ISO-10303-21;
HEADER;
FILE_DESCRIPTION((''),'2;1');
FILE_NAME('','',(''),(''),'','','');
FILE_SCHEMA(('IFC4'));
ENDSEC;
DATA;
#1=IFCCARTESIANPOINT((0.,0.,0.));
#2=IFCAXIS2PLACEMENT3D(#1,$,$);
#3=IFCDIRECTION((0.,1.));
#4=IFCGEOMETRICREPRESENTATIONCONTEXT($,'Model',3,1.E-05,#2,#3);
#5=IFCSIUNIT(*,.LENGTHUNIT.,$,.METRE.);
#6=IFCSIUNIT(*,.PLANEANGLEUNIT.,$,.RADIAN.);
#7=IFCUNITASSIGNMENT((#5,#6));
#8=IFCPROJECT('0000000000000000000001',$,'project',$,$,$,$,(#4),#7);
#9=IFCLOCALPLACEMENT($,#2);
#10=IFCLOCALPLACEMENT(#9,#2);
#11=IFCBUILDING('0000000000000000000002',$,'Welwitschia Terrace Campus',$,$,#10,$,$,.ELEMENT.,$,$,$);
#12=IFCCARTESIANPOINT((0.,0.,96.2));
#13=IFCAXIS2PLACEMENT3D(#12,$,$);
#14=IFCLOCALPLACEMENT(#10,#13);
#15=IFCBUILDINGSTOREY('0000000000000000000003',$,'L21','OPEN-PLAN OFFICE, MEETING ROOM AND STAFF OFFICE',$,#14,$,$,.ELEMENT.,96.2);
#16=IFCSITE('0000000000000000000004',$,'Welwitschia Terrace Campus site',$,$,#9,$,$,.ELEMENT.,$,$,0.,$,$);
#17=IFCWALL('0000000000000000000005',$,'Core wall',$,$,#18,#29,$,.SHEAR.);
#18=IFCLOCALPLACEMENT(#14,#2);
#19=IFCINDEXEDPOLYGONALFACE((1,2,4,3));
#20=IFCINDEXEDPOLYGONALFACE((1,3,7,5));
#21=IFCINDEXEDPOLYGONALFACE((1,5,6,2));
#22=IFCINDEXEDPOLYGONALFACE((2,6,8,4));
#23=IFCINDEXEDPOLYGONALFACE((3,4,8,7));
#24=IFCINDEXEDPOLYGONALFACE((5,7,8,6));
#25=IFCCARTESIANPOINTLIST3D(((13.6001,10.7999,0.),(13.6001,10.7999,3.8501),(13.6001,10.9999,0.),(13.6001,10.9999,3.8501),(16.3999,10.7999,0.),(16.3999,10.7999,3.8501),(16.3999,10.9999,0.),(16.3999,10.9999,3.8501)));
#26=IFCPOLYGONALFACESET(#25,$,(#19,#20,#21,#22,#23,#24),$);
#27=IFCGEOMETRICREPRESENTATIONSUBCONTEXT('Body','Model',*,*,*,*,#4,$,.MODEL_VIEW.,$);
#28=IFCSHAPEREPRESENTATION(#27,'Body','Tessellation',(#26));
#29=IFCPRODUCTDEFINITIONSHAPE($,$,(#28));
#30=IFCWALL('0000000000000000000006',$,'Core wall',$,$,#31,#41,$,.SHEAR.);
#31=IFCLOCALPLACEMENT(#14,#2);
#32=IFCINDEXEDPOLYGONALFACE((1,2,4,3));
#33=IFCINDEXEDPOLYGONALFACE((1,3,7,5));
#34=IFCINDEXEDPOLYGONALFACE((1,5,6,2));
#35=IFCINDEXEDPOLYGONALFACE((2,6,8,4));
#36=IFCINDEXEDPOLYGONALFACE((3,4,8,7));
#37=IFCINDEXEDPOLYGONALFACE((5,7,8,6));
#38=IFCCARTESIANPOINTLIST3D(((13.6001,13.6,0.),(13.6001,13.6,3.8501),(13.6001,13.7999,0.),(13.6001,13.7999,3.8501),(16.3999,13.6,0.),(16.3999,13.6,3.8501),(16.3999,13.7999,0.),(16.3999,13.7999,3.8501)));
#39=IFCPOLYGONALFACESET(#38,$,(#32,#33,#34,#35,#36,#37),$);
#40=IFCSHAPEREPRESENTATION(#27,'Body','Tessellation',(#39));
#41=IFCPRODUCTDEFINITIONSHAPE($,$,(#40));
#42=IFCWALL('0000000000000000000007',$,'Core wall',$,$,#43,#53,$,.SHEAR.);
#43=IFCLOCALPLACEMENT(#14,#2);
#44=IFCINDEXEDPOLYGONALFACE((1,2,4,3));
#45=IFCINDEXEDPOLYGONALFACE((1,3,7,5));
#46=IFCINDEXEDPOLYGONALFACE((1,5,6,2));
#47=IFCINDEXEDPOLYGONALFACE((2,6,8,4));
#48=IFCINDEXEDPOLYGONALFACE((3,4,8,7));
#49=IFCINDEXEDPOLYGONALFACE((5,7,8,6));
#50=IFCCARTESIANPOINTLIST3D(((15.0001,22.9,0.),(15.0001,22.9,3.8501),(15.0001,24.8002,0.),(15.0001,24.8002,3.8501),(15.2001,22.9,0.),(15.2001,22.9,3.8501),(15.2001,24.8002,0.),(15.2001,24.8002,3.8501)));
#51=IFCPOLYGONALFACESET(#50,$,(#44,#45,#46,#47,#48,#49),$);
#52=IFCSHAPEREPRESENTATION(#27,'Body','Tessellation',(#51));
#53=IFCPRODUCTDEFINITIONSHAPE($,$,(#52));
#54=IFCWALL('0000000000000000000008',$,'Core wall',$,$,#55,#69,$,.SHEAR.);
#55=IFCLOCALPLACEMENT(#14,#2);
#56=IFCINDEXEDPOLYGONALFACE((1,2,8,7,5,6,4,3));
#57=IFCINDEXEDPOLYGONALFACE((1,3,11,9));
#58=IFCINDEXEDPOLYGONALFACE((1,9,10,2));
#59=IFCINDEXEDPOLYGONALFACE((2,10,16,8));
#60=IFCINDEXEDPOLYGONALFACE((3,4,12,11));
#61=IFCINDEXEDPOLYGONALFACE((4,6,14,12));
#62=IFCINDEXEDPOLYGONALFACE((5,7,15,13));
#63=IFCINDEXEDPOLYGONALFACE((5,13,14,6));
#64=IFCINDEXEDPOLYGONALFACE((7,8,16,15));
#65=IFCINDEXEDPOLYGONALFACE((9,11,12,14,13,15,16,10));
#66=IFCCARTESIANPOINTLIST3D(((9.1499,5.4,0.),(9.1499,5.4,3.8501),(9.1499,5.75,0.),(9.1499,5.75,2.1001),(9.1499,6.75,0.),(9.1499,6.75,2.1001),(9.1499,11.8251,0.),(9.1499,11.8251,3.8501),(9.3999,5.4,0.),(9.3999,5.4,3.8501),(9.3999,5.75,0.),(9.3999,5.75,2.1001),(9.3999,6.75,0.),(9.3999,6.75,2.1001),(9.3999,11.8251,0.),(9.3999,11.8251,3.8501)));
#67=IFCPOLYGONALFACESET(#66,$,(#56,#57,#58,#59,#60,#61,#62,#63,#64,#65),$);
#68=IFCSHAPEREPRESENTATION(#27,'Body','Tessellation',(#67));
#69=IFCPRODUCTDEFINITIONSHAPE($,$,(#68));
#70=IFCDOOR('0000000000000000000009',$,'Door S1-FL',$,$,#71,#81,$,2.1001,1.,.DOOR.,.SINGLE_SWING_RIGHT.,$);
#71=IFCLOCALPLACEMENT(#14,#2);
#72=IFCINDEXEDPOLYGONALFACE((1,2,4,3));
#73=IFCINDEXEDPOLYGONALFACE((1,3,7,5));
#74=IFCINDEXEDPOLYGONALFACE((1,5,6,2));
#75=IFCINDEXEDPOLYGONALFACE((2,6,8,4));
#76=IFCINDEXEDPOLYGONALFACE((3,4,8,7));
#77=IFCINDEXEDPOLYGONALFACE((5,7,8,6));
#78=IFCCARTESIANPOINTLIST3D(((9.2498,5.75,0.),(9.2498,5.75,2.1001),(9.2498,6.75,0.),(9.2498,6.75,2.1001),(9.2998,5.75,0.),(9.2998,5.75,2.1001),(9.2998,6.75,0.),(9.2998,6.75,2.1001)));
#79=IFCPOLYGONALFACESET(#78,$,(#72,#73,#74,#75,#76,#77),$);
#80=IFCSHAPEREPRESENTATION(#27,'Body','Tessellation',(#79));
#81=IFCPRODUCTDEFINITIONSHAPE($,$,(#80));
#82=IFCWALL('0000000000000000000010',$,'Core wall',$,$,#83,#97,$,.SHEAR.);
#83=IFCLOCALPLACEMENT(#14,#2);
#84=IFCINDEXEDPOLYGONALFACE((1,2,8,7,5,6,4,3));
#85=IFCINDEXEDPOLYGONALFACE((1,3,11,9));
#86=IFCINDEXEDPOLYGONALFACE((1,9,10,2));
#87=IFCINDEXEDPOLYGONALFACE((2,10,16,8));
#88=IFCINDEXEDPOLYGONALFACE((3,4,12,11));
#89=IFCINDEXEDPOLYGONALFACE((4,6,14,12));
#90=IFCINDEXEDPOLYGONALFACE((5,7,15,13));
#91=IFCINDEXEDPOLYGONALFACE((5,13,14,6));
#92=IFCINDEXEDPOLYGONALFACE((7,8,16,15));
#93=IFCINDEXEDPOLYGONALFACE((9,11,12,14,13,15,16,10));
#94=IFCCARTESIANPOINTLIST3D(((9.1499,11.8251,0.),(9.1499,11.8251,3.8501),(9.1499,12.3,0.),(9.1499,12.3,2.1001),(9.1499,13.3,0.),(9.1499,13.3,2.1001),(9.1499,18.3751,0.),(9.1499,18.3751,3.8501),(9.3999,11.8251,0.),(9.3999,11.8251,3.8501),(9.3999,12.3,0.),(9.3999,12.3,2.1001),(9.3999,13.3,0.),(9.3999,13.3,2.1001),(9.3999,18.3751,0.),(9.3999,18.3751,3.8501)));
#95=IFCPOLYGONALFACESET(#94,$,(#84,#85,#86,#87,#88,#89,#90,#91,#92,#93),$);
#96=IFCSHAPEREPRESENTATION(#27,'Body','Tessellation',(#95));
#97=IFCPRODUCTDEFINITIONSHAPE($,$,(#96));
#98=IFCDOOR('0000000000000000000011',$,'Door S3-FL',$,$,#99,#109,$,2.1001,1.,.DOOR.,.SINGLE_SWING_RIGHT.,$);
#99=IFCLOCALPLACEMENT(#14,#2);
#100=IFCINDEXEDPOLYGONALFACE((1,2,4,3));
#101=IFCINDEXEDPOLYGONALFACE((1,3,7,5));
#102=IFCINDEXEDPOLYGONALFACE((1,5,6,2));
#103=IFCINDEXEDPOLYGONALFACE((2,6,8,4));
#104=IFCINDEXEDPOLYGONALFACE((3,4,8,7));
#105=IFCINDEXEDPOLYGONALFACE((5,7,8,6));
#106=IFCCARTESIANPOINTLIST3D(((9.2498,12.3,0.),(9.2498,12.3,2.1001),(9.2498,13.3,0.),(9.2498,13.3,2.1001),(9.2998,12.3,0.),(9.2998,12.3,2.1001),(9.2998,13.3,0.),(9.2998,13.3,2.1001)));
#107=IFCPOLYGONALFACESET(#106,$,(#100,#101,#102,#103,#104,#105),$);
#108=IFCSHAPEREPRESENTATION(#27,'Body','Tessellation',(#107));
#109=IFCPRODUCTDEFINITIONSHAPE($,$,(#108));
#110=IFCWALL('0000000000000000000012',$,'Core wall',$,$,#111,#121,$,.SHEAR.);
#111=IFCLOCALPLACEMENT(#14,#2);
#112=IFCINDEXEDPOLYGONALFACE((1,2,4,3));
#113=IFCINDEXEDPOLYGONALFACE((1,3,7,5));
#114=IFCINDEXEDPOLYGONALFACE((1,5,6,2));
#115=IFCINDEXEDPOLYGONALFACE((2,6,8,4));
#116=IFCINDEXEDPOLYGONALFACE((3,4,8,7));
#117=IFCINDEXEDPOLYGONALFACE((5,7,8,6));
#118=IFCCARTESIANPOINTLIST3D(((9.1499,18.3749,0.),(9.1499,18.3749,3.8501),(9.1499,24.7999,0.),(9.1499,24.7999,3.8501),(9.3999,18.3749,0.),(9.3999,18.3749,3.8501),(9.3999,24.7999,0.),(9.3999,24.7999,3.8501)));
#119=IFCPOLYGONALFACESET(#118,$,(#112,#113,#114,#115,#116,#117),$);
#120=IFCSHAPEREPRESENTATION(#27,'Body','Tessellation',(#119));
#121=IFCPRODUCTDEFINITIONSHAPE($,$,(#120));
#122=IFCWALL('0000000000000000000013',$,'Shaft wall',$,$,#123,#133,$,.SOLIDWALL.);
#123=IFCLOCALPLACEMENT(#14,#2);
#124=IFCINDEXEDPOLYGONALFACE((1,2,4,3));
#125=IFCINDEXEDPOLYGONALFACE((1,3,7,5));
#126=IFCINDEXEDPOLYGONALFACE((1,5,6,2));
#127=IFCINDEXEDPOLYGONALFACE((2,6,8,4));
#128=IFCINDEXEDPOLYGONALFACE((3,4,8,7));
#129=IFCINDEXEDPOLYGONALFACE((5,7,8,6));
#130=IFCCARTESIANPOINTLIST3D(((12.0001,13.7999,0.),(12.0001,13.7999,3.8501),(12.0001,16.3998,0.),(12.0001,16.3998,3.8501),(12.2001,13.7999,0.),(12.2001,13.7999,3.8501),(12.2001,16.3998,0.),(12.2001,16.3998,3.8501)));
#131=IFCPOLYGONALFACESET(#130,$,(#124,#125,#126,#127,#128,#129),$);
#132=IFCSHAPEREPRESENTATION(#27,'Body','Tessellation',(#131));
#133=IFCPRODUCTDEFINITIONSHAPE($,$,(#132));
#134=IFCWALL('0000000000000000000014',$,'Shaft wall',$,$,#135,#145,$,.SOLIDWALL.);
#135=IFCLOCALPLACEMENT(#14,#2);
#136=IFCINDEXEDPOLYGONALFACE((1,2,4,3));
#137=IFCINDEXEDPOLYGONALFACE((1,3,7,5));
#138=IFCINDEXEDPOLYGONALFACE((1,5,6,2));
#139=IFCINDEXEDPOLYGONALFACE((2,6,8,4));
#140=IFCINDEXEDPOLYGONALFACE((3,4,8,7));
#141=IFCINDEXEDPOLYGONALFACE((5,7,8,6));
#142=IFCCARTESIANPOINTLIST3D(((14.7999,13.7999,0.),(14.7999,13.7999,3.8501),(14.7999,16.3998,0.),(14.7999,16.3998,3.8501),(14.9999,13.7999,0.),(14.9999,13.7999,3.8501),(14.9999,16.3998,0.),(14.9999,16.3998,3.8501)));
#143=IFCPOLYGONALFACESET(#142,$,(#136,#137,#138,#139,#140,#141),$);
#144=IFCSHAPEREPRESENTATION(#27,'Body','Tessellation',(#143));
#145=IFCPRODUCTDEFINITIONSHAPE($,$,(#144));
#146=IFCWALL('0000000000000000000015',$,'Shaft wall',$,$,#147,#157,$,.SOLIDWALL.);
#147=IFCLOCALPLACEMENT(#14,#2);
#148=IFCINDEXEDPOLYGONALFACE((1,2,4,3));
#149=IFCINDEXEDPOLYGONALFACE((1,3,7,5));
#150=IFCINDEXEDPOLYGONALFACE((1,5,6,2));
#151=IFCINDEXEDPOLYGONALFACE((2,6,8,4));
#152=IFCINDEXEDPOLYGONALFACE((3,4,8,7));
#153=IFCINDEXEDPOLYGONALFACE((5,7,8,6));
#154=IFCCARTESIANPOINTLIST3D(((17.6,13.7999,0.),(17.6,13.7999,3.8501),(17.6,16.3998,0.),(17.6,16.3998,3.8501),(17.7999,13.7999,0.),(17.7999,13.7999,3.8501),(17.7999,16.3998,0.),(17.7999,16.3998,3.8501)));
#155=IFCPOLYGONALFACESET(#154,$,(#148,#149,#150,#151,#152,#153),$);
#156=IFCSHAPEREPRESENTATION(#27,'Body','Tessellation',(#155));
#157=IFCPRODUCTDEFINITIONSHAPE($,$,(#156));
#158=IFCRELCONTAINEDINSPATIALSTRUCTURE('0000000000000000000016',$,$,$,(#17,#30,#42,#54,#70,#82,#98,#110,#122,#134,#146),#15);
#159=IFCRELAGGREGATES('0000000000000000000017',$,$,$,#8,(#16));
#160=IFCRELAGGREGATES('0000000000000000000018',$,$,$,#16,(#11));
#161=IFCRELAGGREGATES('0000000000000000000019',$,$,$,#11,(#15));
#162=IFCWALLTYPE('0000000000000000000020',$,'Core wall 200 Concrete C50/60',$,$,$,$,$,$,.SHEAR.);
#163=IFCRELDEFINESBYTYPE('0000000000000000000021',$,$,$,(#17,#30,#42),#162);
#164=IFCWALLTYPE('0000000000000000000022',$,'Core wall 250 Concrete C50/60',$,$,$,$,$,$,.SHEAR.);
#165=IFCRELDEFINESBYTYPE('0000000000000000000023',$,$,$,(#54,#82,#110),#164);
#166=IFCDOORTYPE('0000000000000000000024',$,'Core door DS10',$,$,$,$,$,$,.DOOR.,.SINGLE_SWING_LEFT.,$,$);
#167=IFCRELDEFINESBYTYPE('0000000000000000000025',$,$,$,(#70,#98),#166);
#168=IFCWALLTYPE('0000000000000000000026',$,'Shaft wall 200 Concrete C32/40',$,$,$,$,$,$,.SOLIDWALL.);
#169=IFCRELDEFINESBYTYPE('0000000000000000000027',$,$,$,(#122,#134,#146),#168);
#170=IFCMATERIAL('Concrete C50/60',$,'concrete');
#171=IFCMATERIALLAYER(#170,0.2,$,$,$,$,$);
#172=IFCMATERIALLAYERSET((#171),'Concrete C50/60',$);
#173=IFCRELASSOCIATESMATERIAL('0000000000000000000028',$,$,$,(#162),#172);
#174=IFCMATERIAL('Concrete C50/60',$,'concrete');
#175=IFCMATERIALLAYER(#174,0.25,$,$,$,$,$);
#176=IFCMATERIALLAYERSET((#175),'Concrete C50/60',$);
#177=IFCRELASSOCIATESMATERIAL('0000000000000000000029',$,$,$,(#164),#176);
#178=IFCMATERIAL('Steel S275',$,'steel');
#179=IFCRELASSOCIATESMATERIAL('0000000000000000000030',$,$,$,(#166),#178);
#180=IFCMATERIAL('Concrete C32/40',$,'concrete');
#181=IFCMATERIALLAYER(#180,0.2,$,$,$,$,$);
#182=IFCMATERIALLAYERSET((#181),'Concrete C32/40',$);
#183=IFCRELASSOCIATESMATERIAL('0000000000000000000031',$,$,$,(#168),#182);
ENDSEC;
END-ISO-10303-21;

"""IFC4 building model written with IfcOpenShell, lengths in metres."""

from ifc_helpers import new_model, si_unit, direction, frame, frame_2d, origin, place, context, subcontext, project, spatial, rectangle, extrude, material, layer, layer_set, type_object, element, fill, save


model = new_model("IFC4")

# Units and contexts
model_context = context("Model", 3, precision=1e-05, world=origin(), true_north=direction((0.0, 1.0)))
body_context = subcontext(model_context, "Body", "Model", "MODEL_VIEW")
ifc_project = project(units=[si_unit("LENGTHUNIT", "METRE"), si_unit("PLANEANGLEUNIT", "RADIAN")], contexts=[model_context])

# Site, building, storey
site_placement = place(None, origin())
site = spatial("IfcSite", under=ifc_project, at=site_placement, Name="Welwitschia Terrace Campus site", CompositionType="ELEMENT", RefElevation=0.0)
building_placement = place(site_placement, origin())
building = spatial("IfcBuilding", under=site, at=building_placement, Name="Welwitschia Terrace Campus", CompositionType="ELEMENT")
storey_placement = place(building_placement, frame((0.0, 0.0, 96.2)))
storey = spatial("IfcBuildingStorey", under=building, at=storey_placement, Name="L21", Description="OPEN-PLAN OFFICE, MEETING ROOM AND STAFF OFFICE", CompositionType="ELEMENT", Elevation=96.2)

# Walls
ifc_material_1 = material(Name="Concrete C50/60", Category="concrete")
ifc_layer_1 = layer(ifc_material_1, 0.2)
ifc_layer_set_1 = layer_set([ifc_layer_1], Name="Concrete C50/60")
wall_type_1 = type_object("IfcWallType", Name="Core wall 200 Concrete C50/60", PredefinedType="SHEAR", material=ifc_layer_set_1)
for number, where, z_axis, x_axis, name in (
    (1, (13.6001, 10.8999, 0.0), (0.0, 0.0, 1.0), (1.0, 0.0, 0.0), "Core wall"),
    (2, (13.6001, 13.7, 0.0), (0.0, 0.0, 1.0), (1.0, 0.0, 0.0), "Core wall"),
):
    element("IfcWall", number, at=place(storey_placement, frame(where, z_axis=z_axis, x_axis=x_axis)), inside=storey, type_object=wall_type_1, Name=name, PredefinedType="SHEAR", context=body_context, shape_type="SweptSolid", body=[
        extrude(rectangle(XDim=2.7998, YDim=0.2, at=frame_2d((1.3999, 0.0))), origin(), (0.0, 0.0, 1.0), 3.8501),
    ])
wall_1_placement = place(storey_placement, frame((15.1001, 22.8999, 0.0), z_axis=(0.0, 0.0, 1.0), x_axis=(0.0, 1.0, 0.0)))
element("IfcWall", 3, at=wall_1_placement, inside=storey, type_object=wall_type_1, Name="Core wall", PredefinedType="SHEAR", context=body_context, shape_type="SweptSolid", body=[
    extrude(rectangle(XDim=1.9001, YDim=0.2, at=frame_2d((0.9502, 0.0))), origin(), (0.0, 0.0, 1.0), 3.8501),
])

# Walls, openings, doors
ifc_material_2 = material(Name="Concrete C50/60", Category="concrete")
ifc_layer_2 = layer(ifc_material_2, 0.25)
ifc_layer_set_2 = layer_set([ifc_layer_2], Name="Concrete C50/60")
wall_type_2 = type_object("IfcWallType", Name="Core wall 250 Concrete C50/60", PredefinedType="SHEAR", material=ifc_layer_set_2)
wall_2_placement = place(storey_placement, frame((9.2749, 11.825, 0.0), z_axis=(0.0, 0.0, 1.0), x_axis=(0.0, -1.0, 0.0)))
wall_2 = element("IfcWall", 4, at=wall_2_placement, inside=storey, type_object=wall_type_2, Name="Core wall", PredefinedType="SHEAR", context=body_context, shape_type="SweptSolid", body=[
    extrude(rectangle(XDim=6.425, YDim=0.25, at=frame_2d((3.2124, 0.0))), origin(), (0.0, 0.0, 1.0), 3.8501),
])
opening_1_placement = place(wall_2_placement, frame((5.075, 0.0, 0.0)))
opening_1 = element("IfcOpeningElement", 5, at=opening_1_placement, cuts=wall_2, PredefinedType="OPENING", context=body_context, shape_type="SweptSolid", body=[
    extrude(rectangle(XDim=1.0, YDim=2.1001, at=frame_2d((0.5, 1.05))), frame((0.0, 0.135, 0.0), z_axis=(0.0, -1.0, 0.0), x_axis=(1.0, 0.0, 0.0)), (0.0, 0.0, 1.0), 0.27),
])
ifc_material_3 = material(Name="Steel S275", Category="steel")
door_type_1 = type_object("IfcDoorType", Name="Core door DS10", OperationType="SINGLE_SWING_LEFT", PredefinedType="DOOR", material=ifc_material_3)
door_1_placement = place(opening_1_placement, origin())
door_1 = element("IfcDoor", 6, at=door_1_placement, inside=storey, type_object=door_type_1, Name="Door S1-FL", OperationType="SINGLE_SWING_RIGHT", OverallHeight=2.1001, OverallWidth=1.0, PredefinedType="DOOR", context=body_context, shape_type="SweptSolid", body=[
    extrude(rectangle(XDim=1.0, YDim=2.1001, at=frame_2d((0.5, 1.05))), frame((0.0, 0.0249, 0.0), z_axis=(0.0, -1.0, 0.0), x_axis=(1.0, 0.0, 0.0)), (0.0, 0.0, 1.0), 0.05),
])
fill(opening_1, door_1)
wall_3_placement = place(storey_placement, frame((9.2749, 18.375, 0.0), z_axis=(0.0, 0.0, 1.0), x_axis=(0.0, -1.0, 0.0)))
wall_3 = element("IfcWall", 7, at=wall_3_placement, inside=storey, type_object=wall_type_2, Name="Core wall", PredefinedType="SHEAR", context=body_context, shape_type="SweptSolid", body=[
    extrude(rectangle(XDim=6.55, YDim=0.25, at=frame_2d((3.2749, 0.0))), origin(), (0.0, 0.0, 1.0), 3.8501),
])
opening_2_placement = place(wall_3_placement, frame((5.075, 0.0, 0.0)))
opening_2 = element("IfcOpeningElement", 8, at=opening_2_placement, cuts=wall_3, PredefinedType="OPENING", context=body_context, shape_type="SweptSolid", body=[
    extrude(rectangle(XDim=1.0, YDim=2.1001, at=frame_2d((0.5, 1.05))), frame((0.0, 0.135, 0.0), z_axis=(0.0, -1.0, 0.0), x_axis=(1.0, 0.0, 0.0)), (0.0, 0.0, 1.0), 0.27),
])
door_2_placement = place(opening_2_placement, origin())
door_2 = element("IfcDoor", 9, at=door_2_placement, inside=storey, type_object=door_type_1, Name="Door S3-FL", OperationType="SINGLE_SWING_RIGHT", OverallHeight=2.1001, OverallWidth=1.0, PredefinedType="DOOR", context=body_context, shape_type="SweptSolid", body=[
    extrude(rectangle(XDim=1.0, YDim=2.1001, at=frame_2d((0.5, 1.05))), frame((0.0, 0.0249, 0.0), z_axis=(0.0, -1.0, 0.0), x_axis=(1.0, 0.0, 0.0)), (0.0, 0.0, 1.0), 0.05),
])
fill(opening_2, door_2)

# Walls
wall_4_placement = place(storey_placement, frame((9.2749, 18.375, 0.0), z_axis=(0.0, 0.0, 1.0), x_axis=(0.0, 1.0, 0.0)))
element("IfcWall", 10, at=wall_4_placement, inside=storey, type_object=wall_type_2, Name="Core wall", PredefinedType="SHEAR", context=body_context, shape_type="SweptSolid", body=[
    extrude(rectangle(XDim=6.425, YDim=0.25, at=frame_2d((3.2124, 0.0))), origin(), (0.0, 0.0, 1.0), 3.8501),
])
ifc_material_4 = material(Name="Concrete C32/40", Category="concrete")
ifc_layer_3 = layer(ifc_material_4, 0.2)
ifc_layer_set_3 = layer_set([ifc_layer_3], Name="Concrete C32/40")
wall_type_3 = type_object("IfcWallType", Name="Shaft wall 200 Concrete C32/40", PredefinedType="SOLIDWALL", material=ifc_layer_set_3)
for number, where, z_axis, x_axis, name in (
    (11, (12.1001, 13.8, 0.0), (0.0, 0.0, 1.0), (0.0, 1.0, 0.0), "Shaft wall"),
    (12, (14.8999, 13.8, 0.0), (0.0, 0.0, 1.0), (0.0, 1.0, 0.0), "Shaft wall"),
    (13, (17.7, 13.8, 0.0), (0.0, 0.0, 1.0), (0.0, 1.0, 0.0), "Shaft wall"),
):
    element("IfcWall", number, at=place(storey_placement, frame(where, z_axis=z_axis, x_axis=x_axis)), inside=storey, type_object=wall_type_3, Name=name, PredefinedType="SOLIDWALL", context=body_context, shape_type="SweptSolid", body=[
        extrude(rectangle(XDim=2.5999, YDim=0.2, at=frame_2d((1.2998, 0.0))), origin(), (0.0, 0.0, 1.0), 3.8501),
    ])

save(model, "model.ifc")
